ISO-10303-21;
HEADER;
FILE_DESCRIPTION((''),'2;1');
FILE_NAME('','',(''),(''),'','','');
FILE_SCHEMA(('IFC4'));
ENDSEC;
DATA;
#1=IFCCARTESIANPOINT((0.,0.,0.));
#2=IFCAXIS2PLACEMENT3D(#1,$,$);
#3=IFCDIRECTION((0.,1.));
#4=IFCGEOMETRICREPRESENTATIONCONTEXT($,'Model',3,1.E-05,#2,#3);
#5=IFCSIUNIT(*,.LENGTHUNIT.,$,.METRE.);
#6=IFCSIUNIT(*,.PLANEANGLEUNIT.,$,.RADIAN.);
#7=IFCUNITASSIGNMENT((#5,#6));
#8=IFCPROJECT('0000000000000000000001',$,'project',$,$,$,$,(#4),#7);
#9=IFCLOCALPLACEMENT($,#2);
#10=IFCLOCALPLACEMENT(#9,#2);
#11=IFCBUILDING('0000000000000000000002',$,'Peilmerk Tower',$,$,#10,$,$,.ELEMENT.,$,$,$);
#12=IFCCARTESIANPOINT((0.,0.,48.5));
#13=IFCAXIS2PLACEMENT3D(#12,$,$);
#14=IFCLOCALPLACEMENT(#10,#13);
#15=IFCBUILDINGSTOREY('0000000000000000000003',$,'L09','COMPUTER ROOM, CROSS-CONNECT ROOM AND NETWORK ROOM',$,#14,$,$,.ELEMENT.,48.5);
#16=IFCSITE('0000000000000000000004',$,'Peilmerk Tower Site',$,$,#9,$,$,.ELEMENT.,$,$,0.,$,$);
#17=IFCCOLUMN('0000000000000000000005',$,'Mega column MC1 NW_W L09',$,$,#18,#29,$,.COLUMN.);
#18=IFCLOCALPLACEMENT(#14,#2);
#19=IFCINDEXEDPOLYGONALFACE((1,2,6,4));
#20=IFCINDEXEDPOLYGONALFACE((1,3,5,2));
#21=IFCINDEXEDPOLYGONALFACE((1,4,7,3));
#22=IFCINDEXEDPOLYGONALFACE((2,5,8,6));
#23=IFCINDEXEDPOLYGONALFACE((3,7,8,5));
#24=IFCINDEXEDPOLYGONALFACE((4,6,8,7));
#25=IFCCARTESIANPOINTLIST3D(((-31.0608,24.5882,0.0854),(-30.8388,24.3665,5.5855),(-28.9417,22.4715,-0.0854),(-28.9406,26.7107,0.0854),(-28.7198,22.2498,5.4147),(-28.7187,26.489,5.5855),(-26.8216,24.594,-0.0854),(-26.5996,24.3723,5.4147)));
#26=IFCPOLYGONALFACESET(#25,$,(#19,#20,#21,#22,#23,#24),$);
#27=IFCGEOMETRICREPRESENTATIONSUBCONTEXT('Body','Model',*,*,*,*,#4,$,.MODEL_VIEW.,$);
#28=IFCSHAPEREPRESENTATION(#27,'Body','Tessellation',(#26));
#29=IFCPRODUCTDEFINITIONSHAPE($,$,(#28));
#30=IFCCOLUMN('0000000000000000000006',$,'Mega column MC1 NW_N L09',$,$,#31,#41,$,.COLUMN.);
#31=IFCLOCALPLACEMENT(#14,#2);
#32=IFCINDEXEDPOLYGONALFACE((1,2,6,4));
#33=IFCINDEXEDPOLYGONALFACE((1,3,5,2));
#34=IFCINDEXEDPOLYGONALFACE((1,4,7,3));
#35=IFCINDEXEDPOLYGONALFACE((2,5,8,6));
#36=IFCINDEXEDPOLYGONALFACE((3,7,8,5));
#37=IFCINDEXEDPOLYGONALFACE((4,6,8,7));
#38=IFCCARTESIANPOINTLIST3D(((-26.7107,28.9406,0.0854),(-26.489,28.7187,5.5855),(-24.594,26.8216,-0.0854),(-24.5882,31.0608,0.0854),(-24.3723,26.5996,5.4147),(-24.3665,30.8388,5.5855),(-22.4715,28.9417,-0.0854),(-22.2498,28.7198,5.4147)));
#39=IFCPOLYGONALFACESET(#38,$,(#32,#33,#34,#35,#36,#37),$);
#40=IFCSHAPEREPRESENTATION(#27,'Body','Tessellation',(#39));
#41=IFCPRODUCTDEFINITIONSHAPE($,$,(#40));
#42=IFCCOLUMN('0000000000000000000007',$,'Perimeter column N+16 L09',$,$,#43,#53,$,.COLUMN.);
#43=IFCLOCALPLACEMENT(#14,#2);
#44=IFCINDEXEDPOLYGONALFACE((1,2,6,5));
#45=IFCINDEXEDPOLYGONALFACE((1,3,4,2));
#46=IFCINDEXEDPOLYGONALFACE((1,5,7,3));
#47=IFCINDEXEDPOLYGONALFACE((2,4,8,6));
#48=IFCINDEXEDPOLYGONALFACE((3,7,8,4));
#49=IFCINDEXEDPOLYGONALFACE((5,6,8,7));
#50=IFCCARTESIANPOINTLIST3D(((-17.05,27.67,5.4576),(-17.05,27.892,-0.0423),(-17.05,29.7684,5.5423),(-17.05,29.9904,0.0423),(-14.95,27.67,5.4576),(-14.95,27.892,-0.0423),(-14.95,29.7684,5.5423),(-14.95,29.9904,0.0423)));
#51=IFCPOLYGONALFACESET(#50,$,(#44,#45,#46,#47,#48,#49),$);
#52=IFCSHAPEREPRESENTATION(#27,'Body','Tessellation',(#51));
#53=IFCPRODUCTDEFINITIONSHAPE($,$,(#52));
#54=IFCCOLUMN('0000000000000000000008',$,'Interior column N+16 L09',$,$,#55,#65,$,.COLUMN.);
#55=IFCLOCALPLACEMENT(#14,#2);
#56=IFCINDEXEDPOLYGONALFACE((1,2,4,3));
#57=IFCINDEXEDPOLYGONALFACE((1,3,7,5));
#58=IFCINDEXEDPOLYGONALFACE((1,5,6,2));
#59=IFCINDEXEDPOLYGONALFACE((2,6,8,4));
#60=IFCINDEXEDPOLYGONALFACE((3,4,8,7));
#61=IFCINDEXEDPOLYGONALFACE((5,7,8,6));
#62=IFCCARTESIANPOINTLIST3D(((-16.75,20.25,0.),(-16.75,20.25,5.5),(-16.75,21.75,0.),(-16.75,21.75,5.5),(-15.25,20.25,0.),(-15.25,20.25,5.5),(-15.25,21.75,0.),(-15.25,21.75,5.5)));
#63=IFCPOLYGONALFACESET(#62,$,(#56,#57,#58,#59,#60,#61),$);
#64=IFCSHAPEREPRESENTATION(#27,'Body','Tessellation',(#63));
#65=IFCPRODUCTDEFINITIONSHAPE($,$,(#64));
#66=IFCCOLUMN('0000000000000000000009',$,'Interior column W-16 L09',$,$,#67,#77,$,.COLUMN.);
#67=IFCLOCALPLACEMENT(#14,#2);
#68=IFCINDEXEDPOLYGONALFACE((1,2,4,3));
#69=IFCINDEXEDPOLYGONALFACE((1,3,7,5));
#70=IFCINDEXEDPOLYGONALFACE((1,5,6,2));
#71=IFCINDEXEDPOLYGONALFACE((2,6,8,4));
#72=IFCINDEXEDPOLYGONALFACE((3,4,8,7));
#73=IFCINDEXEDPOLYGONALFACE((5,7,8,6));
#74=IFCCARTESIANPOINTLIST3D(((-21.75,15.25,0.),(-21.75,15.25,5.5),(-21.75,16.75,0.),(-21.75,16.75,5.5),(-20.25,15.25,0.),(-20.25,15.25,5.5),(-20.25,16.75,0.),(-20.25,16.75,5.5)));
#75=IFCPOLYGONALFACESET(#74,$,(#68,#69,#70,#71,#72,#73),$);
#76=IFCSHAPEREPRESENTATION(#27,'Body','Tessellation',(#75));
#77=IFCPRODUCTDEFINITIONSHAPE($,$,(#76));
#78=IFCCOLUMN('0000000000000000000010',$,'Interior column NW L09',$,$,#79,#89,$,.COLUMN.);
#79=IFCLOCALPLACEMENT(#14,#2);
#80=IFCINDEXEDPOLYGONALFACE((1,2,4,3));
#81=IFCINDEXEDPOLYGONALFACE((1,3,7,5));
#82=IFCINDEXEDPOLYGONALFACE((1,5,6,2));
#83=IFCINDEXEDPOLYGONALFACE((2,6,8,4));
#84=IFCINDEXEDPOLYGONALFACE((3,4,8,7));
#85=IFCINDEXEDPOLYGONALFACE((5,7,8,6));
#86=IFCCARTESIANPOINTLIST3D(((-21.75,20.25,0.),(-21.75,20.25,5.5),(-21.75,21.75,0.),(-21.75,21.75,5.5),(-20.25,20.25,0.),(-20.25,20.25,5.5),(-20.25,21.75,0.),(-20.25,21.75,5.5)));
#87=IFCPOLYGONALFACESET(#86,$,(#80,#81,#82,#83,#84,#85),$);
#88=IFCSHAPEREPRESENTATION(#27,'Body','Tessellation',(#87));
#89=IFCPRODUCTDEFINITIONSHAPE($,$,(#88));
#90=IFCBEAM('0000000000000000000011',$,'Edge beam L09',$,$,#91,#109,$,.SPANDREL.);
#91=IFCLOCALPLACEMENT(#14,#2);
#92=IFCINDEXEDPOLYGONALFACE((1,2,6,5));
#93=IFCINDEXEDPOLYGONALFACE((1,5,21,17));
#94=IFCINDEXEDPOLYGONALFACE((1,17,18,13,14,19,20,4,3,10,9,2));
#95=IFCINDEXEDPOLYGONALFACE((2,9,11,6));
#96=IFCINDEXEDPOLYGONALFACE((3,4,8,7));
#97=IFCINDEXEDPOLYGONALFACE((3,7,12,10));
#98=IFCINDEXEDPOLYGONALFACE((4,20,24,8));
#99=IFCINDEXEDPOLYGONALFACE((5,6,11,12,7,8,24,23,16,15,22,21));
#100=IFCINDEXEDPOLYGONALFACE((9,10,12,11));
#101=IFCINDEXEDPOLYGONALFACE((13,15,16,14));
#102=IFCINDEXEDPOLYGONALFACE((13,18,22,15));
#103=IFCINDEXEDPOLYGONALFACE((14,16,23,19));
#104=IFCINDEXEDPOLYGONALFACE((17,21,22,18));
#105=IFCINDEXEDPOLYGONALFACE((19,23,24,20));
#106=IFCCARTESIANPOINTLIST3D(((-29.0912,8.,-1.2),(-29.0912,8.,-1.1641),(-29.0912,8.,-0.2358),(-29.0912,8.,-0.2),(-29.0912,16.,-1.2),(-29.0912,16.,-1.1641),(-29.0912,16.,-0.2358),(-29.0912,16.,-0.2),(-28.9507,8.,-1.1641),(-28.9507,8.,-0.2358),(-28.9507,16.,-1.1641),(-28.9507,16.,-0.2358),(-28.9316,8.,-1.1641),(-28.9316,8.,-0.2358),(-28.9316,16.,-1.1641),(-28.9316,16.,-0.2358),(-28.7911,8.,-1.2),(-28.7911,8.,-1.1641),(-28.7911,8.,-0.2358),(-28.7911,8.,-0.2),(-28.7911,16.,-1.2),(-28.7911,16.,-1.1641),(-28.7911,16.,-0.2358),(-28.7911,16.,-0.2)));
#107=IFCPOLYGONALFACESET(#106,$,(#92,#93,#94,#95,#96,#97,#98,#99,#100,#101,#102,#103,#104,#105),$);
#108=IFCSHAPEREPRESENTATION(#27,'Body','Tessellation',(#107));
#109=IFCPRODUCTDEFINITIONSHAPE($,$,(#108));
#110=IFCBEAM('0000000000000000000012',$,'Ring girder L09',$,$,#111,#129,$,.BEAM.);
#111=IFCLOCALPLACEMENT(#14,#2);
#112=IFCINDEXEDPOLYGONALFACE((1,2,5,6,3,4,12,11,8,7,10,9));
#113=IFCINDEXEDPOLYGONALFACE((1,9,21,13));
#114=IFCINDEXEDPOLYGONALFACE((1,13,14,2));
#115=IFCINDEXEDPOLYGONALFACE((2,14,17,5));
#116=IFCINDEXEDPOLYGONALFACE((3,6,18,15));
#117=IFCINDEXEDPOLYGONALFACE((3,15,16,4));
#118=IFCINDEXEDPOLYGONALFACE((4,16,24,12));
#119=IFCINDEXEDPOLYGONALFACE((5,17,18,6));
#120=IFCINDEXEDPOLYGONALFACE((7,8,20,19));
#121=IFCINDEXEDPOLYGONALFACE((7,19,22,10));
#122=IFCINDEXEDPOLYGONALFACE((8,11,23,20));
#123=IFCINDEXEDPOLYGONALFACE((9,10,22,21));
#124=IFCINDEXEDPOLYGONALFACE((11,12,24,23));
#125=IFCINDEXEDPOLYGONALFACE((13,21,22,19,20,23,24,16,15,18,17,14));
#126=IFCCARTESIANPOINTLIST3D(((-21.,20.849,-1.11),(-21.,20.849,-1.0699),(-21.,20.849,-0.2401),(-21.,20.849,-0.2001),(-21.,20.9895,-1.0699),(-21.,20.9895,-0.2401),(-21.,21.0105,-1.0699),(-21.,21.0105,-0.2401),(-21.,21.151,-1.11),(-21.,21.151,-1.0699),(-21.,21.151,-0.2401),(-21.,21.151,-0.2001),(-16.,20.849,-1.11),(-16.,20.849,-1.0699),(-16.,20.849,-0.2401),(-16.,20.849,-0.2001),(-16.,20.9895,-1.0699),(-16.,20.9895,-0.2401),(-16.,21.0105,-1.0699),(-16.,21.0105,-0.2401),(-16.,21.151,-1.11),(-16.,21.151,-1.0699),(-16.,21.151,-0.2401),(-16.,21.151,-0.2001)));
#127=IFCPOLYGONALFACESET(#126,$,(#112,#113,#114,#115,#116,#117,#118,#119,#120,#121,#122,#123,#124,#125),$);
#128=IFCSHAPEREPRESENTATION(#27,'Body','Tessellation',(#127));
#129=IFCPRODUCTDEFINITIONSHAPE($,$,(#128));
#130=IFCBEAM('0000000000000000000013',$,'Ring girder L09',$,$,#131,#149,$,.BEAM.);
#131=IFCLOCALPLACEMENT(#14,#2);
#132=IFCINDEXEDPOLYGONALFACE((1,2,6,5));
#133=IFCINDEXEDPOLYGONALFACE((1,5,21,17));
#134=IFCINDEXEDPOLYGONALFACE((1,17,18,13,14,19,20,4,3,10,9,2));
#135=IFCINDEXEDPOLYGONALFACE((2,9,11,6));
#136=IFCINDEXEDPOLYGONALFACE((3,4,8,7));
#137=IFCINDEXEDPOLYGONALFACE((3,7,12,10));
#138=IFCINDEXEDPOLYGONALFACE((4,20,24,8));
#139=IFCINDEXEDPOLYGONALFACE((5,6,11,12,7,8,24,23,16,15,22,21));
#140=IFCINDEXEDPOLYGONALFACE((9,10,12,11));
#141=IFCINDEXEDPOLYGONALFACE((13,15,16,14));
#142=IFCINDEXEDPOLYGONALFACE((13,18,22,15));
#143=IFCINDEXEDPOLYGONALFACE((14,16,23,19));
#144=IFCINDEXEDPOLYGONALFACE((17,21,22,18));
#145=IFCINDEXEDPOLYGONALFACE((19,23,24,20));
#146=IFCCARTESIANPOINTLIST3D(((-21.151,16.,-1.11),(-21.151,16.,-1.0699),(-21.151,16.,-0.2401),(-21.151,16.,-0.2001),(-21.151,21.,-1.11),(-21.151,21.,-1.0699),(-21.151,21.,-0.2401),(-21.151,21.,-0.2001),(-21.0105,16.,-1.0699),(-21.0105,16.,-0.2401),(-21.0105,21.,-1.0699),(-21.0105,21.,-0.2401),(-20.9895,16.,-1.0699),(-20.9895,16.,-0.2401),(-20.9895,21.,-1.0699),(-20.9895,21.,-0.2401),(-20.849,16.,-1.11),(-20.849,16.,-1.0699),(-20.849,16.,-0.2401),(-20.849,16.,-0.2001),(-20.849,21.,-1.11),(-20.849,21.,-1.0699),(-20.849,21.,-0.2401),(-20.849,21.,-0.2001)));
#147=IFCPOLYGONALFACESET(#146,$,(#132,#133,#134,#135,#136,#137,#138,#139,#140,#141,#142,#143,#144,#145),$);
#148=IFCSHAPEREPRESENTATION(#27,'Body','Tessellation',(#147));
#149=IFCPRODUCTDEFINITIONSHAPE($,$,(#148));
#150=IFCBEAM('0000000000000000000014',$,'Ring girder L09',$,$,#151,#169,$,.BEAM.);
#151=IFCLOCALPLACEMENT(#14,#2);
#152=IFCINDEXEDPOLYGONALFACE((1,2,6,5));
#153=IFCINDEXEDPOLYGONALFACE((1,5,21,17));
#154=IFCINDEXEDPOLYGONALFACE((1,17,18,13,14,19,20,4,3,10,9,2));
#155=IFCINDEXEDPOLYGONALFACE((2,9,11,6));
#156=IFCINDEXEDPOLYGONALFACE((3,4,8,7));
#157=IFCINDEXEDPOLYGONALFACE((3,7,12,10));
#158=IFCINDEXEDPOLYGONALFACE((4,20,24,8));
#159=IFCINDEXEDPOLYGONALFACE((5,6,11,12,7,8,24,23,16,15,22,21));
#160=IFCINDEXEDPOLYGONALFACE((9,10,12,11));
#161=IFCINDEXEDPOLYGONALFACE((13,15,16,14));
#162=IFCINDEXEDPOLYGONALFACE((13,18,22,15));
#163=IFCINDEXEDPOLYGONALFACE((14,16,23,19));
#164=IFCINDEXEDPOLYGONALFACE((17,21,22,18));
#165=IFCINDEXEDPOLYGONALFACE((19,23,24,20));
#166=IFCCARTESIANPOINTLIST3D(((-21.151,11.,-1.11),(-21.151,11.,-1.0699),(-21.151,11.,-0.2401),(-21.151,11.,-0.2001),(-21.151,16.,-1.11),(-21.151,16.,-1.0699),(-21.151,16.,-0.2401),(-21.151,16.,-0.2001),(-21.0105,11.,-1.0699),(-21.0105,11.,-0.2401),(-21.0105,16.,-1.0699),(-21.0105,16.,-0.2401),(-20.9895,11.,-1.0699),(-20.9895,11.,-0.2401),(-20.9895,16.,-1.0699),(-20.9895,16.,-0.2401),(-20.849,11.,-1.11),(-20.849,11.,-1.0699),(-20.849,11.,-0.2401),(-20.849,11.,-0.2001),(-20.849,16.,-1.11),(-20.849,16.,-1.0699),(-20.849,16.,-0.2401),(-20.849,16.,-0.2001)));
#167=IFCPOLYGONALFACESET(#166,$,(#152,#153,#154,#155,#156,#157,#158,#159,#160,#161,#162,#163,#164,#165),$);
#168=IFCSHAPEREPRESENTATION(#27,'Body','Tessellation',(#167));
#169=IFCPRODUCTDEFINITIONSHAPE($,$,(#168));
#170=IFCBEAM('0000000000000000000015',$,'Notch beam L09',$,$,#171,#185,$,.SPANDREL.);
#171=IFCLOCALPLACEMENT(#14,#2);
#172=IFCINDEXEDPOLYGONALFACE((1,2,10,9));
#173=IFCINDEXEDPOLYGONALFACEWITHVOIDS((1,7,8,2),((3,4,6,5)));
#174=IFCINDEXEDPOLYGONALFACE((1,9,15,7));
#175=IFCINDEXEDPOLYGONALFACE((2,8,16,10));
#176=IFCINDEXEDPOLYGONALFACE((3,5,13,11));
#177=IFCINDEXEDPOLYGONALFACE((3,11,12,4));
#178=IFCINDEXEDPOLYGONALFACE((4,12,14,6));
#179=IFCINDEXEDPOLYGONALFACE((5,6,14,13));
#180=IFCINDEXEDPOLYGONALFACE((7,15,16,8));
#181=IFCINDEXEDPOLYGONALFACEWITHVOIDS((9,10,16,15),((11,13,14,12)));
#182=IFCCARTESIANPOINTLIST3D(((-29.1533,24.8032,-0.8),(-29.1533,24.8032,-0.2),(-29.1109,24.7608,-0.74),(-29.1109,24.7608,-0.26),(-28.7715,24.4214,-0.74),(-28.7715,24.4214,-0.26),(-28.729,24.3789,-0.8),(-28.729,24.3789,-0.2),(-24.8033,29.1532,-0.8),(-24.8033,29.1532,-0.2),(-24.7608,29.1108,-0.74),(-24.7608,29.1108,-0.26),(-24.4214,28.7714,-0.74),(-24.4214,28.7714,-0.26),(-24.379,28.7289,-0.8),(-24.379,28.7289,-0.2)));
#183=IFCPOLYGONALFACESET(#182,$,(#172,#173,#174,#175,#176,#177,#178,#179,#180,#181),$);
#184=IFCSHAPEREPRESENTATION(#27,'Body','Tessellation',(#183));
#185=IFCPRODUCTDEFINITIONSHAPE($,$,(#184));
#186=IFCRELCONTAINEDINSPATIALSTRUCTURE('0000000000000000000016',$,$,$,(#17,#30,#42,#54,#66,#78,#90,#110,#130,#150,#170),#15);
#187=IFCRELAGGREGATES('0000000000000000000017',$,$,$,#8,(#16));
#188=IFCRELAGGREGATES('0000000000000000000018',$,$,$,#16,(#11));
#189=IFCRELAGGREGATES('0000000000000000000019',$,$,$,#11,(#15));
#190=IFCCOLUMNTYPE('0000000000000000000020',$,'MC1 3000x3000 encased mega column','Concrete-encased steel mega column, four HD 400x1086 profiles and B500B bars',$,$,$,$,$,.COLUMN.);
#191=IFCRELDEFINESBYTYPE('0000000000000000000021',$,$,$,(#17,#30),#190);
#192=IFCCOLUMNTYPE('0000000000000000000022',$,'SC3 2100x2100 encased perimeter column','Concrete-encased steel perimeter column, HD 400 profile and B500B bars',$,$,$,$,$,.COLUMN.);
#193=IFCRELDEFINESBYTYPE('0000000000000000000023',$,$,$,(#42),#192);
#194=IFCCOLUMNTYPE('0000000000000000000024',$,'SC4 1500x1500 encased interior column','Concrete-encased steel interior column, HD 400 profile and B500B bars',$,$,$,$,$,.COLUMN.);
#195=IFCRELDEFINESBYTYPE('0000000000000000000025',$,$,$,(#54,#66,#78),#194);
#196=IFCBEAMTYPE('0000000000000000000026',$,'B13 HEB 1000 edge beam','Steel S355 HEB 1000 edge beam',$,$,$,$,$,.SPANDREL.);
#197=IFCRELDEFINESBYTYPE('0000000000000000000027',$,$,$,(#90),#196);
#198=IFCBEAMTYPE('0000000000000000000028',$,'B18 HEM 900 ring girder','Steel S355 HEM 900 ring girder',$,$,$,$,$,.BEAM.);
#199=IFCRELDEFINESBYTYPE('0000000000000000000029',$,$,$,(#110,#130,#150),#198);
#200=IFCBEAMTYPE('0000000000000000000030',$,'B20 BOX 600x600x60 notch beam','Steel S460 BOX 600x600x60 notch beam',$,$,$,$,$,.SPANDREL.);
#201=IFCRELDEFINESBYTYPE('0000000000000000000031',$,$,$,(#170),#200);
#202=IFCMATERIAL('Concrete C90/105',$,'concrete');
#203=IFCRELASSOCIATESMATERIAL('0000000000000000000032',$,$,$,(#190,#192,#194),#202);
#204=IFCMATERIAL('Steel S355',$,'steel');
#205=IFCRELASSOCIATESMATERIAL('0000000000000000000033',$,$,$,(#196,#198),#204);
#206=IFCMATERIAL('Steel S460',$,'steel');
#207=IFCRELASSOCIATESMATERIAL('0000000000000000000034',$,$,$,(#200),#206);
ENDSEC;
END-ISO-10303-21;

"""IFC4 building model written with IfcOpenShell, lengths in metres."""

from ifc_helpers import new_model, si_unit, direction, frame, origin, origin_2d, place, context, subcontext, project, spatial, rectangle, hollow_rectangle, i_section, extrude, material, material_profile, profile_set, type_object, element, save


model = new_model("IFC4")

# Units and contexts
model_context = context("Model", 3, precision=1e-05, world=origin(), true_north=direction((0.0, 1.0)))
body_context = subcontext(model_context, "Body", "Model", "MODEL_VIEW")
ifc_project = project(units=[si_unit("LENGTHUNIT", "METRE"), si_unit("PLANEANGLEUNIT", "RADIAN")], contexts=[model_context])

# Site, building, storey
site_placement = place(None, origin())
site = spatial("IfcSite", under=ifc_project, at=site_placement, Name="Peilmerk Tower Site", CompositionType="ELEMENT", RefElevation=0.0)
building_placement = place(site_placement, origin())
building = spatial("IfcBuilding", under=site, at=building_placement, Name="Peilmerk Tower", CompositionType="ELEMENT")
storey_placement = place(building_placement, frame((0.0, 0.0, 48.5)))
storey = spatial("IfcBuildingStorey", under=building, at=storey_placement, Name="L09", Description="COMPUTER ROOM, CROSS-CONNECT ROOM AND NETWORK ROOM", CompositionType="ELEMENT", Elevation=48.5)

# Columns
ifc_material_1 = material(Name="Concrete C90/105", Category="concrete")
ifc_material_profile_1 = material_profile(ifc_material_1, rectangle(XDim=3.0, YDim=3.0, at=origin_2d()), Name="RC 3000x3000")
ifc_profile_set_1 = profile_set([ifc_material_profile_1], Name="Concrete C90/105")
column_type_1 = type_object("IfcColumnType", Name="MC1 3000x3000 encased mega column", Description="Concrete-encased steel mega column, four HD 400x1086 profiles and B500B bars", PredefinedType="COLUMN", material=ifc_profile_set_1)
for number, where, z_axis, x_axis, name in (
    (1, (-28.9412, 24.5911, 0.0), (0.040284, -0.04024, 0.998378), (0.706718, 0.707496, 0.0), "Mega column MC1 NW_W L09"),
    (2, (-24.5911, 28.9412, 0.0), (0.04024, -0.040284, 0.998378), (0.707496, 0.706718, 0.0), "Mega column MC1 NW_N L09"),
):
    element("IfcColumn", number, at=place(storey_placement, frame(where, z_axis=z_axis, x_axis=x_axis)), inside=storey, type_object=column_type_1, Name=name, PredefinedType="COLUMN", context=body_context, shape_type="SweptSolid", body=[
        extrude(rectangle(XDim=3.0, YDim=3.0, at=origin_2d()), origin(), (0.0, 0.0, 1.0), 5.509),
    ])
ifc_material_profile_2 = material_profile(ifc_material_1, rectangle(XDim=2.1001, YDim=2.1001, at=origin_2d()), Name="RC 2100x2100")
ifc_profile_set_2 = profile_set([ifc_material_profile_2], Name="Concrete C90/105")
column_type_2 = type_object("IfcColumnType", Name="SC3 2100x2100 encased perimeter column", Description="Concrete-encased steel perimeter column, HD 400 profile and B500B bars", PredefinedType="COLUMN", material=ifc_profile_set_2)
column_placement = place(storey_placement, frame((-16.0, 28.9412, 0.0), z_axis=(0.0, -0.040317, 0.999187), x_axis=(1.0, 0.0, 0.0)))
element("IfcColumn", 3, at=column_placement, inside=storey, type_object=column_type_2, Name="Perimeter column N+16 L09", PredefinedType="COLUMN", context=body_context, shape_type="SweptSolid", body=[
    extrude(rectangle(XDim=2.1001, YDim=2.1001, at=origin_2d()), origin(), (0.0, 0.0, 1.0), 5.5044),
])
ifc_material_profile_3 = material_profile(ifc_material_1, rectangle(XDim=1.5, YDim=1.5, at=origin_2d()), Name="RC 1500x1500")
ifc_profile_set_3 = profile_set([ifc_material_profile_3], Name="Concrete C90/105")
column_type_3 = type_object("IfcColumnType", Name="SC4 1500x1500 encased interior column", Description="Concrete-encased steel interior column, HD 400 profile and B500B bars", PredefinedType="COLUMN", material=ifc_profile_set_3)
for number, where, z_axis, x_axis, name in (
    (4, (-16.0, 21.0, 0.0), (0.0, 0.0, 1.0), (1.0, 0.0, 0.0), "Interior column N+16 L09"),
    (5, (-21.0, 16.0, 0.0), (0.0, 0.0, 1.0), (1.0, 0.0, 0.0), "Interior column W-16 L09"),
    (6, (-21.0, 21.0, 0.0), (0.0, 0.0, 1.0), (1.0, 0.0, 0.0), "Interior column NW L09"),
):
    element("IfcColumn", number, at=place(storey_placement, frame(where, z_axis=z_axis, x_axis=x_axis)), inside=storey, type_object=column_type_3, Name=name, PredefinedType="COLUMN", context=body_context, shape_type="SweptSolid", body=[
        extrude(rectangle(XDim=1.5, YDim=1.5, at=origin_2d()), origin(), (0.0, 0.0, 1.0), 5.5),
    ])

# Beams
ifc_material_2 = material(Name="Steel S355", Category="steel")
ifc_material_profile_4 = material_profile(ifc_material_2, i_section(OverallWidth=0.3, OverallDepth=1.0, WebThickness=0.019, FlangeThickness=0.0359, at=origin_2d()), Name="HEB 1000")
ifc_profile_set_4 = profile_set([ifc_material_profile_4], Name="Steel S355")
beam_type_1 = type_object("IfcBeamType", Name="B13 HEB 1000 edge beam", Description="Steel S355 HEB 1000 edge beam", PredefinedType="SPANDREL", material=ifc_profile_set_4)
beam_1_placement = place(storey_placement, frame((-28.9412, 16.0, -0.7), z_axis=(0.0, -1.0, 0.0), x_axis=(1.0, 0.0, 0.0)))
element("IfcBeam", 7, at=beam_1_placement, inside=storey, type_object=beam_type_1, Name="Edge beam L09", PredefinedType="SPANDREL", context=body_context, shape_type="SweptSolid", body=[
    extrude(i_section(OverallWidth=0.3, OverallDepth=1.0, WebThickness=0.019, FlangeThickness=0.0359, at=origin_2d()), origin(), (0.0, 0.0, 1.0), 8.0),
])
ifc_material_profile_5 = material_profile(ifc_material_2, i_section(OverallWidth=0.302, OverallDepth=0.9099, WebThickness=0.021, FlangeThickness=0.04, at=origin_2d()), Name="HEM 900")
ifc_profile_set_5 = profile_set([ifc_material_profile_5], Name="Steel S355")
beam_type_2 = type_object("IfcBeamType", Name="B18 HEM 900 ring girder", Description="Steel S355 HEM 900 ring girder", PredefinedType="BEAM", material=ifc_profile_set_5)
for number, where, z_axis, x_axis, name in (
    (8, (-16.0, 21.0, -0.655), (-1.0, 0.0, 0.0), (0.0, -1.0, 0.0), "Ring girder L09"),
    (9, (-21.0, 21.0, -0.655), (0.0, -1.0, 0.0), (1.0, 0.0, 0.0), "Ring girder L09"),
    (10, (-21.0, 16.0, -0.655), (0.0, -1.0, 0.0), (1.0, 0.0, 0.0), "Ring girder L09"),
):
    element("IfcBeam", number, at=place(storey_placement, frame(where, z_axis=z_axis, x_axis=x_axis)), inside=storey, type_object=beam_type_2, Name=name, PredefinedType="BEAM", context=body_context, shape_type="SweptSolid", body=[
        extrude(i_section(OverallWidth=0.302, OverallDepth=0.9099, WebThickness=0.021, FlangeThickness=0.04, at=origin_2d()), origin(), (0.0, 0.0, 1.0), 5.0),
    ])
ifc_material_3 = material(Name="Steel S460", Category="steel")
ifc_material_profile_6 = material_profile(ifc_material_3, hollow_rectangle(XDim=0.6001, YDim=0.6001, WallThickness=0.0601, at=origin_2d()), Name="BOX 600x600x60")
ifc_profile_set_6 = profile_set([ifc_material_profile_6], Name="Steel S460")
beam_type_3 = type_object("IfcBeamType", Name="B20 BOX 600x600x60 notch beam", Description="Steel S460 BOX 600x600x60 notch beam", PredefinedType="SPANDREL", material=ifc_profile_set_6)
beam_2_placement = place(storey_placement, frame((-28.9412, 24.5911, -0.5), z_axis=(0.707107, 0.707107, 0.0), x_axis=(-0.707107, 0.707107, 0.0)))
element("IfcBeam", 11, at=beam_2_placement, inside=storey, type_object=beam_type_3, Name="Notch beam L09", PredefinedType="SPANDREL", context=body_context, shape_type="SweptSolid", body=[
    extrude(hollow_rectangle(XDim=0.6001, YDim=0.6001, WallThickness=0.0601, at=origin_2d()), origin(), (0.0, 0.0, 1.0), 6.1519),
])

save(model, "model.ifc")
